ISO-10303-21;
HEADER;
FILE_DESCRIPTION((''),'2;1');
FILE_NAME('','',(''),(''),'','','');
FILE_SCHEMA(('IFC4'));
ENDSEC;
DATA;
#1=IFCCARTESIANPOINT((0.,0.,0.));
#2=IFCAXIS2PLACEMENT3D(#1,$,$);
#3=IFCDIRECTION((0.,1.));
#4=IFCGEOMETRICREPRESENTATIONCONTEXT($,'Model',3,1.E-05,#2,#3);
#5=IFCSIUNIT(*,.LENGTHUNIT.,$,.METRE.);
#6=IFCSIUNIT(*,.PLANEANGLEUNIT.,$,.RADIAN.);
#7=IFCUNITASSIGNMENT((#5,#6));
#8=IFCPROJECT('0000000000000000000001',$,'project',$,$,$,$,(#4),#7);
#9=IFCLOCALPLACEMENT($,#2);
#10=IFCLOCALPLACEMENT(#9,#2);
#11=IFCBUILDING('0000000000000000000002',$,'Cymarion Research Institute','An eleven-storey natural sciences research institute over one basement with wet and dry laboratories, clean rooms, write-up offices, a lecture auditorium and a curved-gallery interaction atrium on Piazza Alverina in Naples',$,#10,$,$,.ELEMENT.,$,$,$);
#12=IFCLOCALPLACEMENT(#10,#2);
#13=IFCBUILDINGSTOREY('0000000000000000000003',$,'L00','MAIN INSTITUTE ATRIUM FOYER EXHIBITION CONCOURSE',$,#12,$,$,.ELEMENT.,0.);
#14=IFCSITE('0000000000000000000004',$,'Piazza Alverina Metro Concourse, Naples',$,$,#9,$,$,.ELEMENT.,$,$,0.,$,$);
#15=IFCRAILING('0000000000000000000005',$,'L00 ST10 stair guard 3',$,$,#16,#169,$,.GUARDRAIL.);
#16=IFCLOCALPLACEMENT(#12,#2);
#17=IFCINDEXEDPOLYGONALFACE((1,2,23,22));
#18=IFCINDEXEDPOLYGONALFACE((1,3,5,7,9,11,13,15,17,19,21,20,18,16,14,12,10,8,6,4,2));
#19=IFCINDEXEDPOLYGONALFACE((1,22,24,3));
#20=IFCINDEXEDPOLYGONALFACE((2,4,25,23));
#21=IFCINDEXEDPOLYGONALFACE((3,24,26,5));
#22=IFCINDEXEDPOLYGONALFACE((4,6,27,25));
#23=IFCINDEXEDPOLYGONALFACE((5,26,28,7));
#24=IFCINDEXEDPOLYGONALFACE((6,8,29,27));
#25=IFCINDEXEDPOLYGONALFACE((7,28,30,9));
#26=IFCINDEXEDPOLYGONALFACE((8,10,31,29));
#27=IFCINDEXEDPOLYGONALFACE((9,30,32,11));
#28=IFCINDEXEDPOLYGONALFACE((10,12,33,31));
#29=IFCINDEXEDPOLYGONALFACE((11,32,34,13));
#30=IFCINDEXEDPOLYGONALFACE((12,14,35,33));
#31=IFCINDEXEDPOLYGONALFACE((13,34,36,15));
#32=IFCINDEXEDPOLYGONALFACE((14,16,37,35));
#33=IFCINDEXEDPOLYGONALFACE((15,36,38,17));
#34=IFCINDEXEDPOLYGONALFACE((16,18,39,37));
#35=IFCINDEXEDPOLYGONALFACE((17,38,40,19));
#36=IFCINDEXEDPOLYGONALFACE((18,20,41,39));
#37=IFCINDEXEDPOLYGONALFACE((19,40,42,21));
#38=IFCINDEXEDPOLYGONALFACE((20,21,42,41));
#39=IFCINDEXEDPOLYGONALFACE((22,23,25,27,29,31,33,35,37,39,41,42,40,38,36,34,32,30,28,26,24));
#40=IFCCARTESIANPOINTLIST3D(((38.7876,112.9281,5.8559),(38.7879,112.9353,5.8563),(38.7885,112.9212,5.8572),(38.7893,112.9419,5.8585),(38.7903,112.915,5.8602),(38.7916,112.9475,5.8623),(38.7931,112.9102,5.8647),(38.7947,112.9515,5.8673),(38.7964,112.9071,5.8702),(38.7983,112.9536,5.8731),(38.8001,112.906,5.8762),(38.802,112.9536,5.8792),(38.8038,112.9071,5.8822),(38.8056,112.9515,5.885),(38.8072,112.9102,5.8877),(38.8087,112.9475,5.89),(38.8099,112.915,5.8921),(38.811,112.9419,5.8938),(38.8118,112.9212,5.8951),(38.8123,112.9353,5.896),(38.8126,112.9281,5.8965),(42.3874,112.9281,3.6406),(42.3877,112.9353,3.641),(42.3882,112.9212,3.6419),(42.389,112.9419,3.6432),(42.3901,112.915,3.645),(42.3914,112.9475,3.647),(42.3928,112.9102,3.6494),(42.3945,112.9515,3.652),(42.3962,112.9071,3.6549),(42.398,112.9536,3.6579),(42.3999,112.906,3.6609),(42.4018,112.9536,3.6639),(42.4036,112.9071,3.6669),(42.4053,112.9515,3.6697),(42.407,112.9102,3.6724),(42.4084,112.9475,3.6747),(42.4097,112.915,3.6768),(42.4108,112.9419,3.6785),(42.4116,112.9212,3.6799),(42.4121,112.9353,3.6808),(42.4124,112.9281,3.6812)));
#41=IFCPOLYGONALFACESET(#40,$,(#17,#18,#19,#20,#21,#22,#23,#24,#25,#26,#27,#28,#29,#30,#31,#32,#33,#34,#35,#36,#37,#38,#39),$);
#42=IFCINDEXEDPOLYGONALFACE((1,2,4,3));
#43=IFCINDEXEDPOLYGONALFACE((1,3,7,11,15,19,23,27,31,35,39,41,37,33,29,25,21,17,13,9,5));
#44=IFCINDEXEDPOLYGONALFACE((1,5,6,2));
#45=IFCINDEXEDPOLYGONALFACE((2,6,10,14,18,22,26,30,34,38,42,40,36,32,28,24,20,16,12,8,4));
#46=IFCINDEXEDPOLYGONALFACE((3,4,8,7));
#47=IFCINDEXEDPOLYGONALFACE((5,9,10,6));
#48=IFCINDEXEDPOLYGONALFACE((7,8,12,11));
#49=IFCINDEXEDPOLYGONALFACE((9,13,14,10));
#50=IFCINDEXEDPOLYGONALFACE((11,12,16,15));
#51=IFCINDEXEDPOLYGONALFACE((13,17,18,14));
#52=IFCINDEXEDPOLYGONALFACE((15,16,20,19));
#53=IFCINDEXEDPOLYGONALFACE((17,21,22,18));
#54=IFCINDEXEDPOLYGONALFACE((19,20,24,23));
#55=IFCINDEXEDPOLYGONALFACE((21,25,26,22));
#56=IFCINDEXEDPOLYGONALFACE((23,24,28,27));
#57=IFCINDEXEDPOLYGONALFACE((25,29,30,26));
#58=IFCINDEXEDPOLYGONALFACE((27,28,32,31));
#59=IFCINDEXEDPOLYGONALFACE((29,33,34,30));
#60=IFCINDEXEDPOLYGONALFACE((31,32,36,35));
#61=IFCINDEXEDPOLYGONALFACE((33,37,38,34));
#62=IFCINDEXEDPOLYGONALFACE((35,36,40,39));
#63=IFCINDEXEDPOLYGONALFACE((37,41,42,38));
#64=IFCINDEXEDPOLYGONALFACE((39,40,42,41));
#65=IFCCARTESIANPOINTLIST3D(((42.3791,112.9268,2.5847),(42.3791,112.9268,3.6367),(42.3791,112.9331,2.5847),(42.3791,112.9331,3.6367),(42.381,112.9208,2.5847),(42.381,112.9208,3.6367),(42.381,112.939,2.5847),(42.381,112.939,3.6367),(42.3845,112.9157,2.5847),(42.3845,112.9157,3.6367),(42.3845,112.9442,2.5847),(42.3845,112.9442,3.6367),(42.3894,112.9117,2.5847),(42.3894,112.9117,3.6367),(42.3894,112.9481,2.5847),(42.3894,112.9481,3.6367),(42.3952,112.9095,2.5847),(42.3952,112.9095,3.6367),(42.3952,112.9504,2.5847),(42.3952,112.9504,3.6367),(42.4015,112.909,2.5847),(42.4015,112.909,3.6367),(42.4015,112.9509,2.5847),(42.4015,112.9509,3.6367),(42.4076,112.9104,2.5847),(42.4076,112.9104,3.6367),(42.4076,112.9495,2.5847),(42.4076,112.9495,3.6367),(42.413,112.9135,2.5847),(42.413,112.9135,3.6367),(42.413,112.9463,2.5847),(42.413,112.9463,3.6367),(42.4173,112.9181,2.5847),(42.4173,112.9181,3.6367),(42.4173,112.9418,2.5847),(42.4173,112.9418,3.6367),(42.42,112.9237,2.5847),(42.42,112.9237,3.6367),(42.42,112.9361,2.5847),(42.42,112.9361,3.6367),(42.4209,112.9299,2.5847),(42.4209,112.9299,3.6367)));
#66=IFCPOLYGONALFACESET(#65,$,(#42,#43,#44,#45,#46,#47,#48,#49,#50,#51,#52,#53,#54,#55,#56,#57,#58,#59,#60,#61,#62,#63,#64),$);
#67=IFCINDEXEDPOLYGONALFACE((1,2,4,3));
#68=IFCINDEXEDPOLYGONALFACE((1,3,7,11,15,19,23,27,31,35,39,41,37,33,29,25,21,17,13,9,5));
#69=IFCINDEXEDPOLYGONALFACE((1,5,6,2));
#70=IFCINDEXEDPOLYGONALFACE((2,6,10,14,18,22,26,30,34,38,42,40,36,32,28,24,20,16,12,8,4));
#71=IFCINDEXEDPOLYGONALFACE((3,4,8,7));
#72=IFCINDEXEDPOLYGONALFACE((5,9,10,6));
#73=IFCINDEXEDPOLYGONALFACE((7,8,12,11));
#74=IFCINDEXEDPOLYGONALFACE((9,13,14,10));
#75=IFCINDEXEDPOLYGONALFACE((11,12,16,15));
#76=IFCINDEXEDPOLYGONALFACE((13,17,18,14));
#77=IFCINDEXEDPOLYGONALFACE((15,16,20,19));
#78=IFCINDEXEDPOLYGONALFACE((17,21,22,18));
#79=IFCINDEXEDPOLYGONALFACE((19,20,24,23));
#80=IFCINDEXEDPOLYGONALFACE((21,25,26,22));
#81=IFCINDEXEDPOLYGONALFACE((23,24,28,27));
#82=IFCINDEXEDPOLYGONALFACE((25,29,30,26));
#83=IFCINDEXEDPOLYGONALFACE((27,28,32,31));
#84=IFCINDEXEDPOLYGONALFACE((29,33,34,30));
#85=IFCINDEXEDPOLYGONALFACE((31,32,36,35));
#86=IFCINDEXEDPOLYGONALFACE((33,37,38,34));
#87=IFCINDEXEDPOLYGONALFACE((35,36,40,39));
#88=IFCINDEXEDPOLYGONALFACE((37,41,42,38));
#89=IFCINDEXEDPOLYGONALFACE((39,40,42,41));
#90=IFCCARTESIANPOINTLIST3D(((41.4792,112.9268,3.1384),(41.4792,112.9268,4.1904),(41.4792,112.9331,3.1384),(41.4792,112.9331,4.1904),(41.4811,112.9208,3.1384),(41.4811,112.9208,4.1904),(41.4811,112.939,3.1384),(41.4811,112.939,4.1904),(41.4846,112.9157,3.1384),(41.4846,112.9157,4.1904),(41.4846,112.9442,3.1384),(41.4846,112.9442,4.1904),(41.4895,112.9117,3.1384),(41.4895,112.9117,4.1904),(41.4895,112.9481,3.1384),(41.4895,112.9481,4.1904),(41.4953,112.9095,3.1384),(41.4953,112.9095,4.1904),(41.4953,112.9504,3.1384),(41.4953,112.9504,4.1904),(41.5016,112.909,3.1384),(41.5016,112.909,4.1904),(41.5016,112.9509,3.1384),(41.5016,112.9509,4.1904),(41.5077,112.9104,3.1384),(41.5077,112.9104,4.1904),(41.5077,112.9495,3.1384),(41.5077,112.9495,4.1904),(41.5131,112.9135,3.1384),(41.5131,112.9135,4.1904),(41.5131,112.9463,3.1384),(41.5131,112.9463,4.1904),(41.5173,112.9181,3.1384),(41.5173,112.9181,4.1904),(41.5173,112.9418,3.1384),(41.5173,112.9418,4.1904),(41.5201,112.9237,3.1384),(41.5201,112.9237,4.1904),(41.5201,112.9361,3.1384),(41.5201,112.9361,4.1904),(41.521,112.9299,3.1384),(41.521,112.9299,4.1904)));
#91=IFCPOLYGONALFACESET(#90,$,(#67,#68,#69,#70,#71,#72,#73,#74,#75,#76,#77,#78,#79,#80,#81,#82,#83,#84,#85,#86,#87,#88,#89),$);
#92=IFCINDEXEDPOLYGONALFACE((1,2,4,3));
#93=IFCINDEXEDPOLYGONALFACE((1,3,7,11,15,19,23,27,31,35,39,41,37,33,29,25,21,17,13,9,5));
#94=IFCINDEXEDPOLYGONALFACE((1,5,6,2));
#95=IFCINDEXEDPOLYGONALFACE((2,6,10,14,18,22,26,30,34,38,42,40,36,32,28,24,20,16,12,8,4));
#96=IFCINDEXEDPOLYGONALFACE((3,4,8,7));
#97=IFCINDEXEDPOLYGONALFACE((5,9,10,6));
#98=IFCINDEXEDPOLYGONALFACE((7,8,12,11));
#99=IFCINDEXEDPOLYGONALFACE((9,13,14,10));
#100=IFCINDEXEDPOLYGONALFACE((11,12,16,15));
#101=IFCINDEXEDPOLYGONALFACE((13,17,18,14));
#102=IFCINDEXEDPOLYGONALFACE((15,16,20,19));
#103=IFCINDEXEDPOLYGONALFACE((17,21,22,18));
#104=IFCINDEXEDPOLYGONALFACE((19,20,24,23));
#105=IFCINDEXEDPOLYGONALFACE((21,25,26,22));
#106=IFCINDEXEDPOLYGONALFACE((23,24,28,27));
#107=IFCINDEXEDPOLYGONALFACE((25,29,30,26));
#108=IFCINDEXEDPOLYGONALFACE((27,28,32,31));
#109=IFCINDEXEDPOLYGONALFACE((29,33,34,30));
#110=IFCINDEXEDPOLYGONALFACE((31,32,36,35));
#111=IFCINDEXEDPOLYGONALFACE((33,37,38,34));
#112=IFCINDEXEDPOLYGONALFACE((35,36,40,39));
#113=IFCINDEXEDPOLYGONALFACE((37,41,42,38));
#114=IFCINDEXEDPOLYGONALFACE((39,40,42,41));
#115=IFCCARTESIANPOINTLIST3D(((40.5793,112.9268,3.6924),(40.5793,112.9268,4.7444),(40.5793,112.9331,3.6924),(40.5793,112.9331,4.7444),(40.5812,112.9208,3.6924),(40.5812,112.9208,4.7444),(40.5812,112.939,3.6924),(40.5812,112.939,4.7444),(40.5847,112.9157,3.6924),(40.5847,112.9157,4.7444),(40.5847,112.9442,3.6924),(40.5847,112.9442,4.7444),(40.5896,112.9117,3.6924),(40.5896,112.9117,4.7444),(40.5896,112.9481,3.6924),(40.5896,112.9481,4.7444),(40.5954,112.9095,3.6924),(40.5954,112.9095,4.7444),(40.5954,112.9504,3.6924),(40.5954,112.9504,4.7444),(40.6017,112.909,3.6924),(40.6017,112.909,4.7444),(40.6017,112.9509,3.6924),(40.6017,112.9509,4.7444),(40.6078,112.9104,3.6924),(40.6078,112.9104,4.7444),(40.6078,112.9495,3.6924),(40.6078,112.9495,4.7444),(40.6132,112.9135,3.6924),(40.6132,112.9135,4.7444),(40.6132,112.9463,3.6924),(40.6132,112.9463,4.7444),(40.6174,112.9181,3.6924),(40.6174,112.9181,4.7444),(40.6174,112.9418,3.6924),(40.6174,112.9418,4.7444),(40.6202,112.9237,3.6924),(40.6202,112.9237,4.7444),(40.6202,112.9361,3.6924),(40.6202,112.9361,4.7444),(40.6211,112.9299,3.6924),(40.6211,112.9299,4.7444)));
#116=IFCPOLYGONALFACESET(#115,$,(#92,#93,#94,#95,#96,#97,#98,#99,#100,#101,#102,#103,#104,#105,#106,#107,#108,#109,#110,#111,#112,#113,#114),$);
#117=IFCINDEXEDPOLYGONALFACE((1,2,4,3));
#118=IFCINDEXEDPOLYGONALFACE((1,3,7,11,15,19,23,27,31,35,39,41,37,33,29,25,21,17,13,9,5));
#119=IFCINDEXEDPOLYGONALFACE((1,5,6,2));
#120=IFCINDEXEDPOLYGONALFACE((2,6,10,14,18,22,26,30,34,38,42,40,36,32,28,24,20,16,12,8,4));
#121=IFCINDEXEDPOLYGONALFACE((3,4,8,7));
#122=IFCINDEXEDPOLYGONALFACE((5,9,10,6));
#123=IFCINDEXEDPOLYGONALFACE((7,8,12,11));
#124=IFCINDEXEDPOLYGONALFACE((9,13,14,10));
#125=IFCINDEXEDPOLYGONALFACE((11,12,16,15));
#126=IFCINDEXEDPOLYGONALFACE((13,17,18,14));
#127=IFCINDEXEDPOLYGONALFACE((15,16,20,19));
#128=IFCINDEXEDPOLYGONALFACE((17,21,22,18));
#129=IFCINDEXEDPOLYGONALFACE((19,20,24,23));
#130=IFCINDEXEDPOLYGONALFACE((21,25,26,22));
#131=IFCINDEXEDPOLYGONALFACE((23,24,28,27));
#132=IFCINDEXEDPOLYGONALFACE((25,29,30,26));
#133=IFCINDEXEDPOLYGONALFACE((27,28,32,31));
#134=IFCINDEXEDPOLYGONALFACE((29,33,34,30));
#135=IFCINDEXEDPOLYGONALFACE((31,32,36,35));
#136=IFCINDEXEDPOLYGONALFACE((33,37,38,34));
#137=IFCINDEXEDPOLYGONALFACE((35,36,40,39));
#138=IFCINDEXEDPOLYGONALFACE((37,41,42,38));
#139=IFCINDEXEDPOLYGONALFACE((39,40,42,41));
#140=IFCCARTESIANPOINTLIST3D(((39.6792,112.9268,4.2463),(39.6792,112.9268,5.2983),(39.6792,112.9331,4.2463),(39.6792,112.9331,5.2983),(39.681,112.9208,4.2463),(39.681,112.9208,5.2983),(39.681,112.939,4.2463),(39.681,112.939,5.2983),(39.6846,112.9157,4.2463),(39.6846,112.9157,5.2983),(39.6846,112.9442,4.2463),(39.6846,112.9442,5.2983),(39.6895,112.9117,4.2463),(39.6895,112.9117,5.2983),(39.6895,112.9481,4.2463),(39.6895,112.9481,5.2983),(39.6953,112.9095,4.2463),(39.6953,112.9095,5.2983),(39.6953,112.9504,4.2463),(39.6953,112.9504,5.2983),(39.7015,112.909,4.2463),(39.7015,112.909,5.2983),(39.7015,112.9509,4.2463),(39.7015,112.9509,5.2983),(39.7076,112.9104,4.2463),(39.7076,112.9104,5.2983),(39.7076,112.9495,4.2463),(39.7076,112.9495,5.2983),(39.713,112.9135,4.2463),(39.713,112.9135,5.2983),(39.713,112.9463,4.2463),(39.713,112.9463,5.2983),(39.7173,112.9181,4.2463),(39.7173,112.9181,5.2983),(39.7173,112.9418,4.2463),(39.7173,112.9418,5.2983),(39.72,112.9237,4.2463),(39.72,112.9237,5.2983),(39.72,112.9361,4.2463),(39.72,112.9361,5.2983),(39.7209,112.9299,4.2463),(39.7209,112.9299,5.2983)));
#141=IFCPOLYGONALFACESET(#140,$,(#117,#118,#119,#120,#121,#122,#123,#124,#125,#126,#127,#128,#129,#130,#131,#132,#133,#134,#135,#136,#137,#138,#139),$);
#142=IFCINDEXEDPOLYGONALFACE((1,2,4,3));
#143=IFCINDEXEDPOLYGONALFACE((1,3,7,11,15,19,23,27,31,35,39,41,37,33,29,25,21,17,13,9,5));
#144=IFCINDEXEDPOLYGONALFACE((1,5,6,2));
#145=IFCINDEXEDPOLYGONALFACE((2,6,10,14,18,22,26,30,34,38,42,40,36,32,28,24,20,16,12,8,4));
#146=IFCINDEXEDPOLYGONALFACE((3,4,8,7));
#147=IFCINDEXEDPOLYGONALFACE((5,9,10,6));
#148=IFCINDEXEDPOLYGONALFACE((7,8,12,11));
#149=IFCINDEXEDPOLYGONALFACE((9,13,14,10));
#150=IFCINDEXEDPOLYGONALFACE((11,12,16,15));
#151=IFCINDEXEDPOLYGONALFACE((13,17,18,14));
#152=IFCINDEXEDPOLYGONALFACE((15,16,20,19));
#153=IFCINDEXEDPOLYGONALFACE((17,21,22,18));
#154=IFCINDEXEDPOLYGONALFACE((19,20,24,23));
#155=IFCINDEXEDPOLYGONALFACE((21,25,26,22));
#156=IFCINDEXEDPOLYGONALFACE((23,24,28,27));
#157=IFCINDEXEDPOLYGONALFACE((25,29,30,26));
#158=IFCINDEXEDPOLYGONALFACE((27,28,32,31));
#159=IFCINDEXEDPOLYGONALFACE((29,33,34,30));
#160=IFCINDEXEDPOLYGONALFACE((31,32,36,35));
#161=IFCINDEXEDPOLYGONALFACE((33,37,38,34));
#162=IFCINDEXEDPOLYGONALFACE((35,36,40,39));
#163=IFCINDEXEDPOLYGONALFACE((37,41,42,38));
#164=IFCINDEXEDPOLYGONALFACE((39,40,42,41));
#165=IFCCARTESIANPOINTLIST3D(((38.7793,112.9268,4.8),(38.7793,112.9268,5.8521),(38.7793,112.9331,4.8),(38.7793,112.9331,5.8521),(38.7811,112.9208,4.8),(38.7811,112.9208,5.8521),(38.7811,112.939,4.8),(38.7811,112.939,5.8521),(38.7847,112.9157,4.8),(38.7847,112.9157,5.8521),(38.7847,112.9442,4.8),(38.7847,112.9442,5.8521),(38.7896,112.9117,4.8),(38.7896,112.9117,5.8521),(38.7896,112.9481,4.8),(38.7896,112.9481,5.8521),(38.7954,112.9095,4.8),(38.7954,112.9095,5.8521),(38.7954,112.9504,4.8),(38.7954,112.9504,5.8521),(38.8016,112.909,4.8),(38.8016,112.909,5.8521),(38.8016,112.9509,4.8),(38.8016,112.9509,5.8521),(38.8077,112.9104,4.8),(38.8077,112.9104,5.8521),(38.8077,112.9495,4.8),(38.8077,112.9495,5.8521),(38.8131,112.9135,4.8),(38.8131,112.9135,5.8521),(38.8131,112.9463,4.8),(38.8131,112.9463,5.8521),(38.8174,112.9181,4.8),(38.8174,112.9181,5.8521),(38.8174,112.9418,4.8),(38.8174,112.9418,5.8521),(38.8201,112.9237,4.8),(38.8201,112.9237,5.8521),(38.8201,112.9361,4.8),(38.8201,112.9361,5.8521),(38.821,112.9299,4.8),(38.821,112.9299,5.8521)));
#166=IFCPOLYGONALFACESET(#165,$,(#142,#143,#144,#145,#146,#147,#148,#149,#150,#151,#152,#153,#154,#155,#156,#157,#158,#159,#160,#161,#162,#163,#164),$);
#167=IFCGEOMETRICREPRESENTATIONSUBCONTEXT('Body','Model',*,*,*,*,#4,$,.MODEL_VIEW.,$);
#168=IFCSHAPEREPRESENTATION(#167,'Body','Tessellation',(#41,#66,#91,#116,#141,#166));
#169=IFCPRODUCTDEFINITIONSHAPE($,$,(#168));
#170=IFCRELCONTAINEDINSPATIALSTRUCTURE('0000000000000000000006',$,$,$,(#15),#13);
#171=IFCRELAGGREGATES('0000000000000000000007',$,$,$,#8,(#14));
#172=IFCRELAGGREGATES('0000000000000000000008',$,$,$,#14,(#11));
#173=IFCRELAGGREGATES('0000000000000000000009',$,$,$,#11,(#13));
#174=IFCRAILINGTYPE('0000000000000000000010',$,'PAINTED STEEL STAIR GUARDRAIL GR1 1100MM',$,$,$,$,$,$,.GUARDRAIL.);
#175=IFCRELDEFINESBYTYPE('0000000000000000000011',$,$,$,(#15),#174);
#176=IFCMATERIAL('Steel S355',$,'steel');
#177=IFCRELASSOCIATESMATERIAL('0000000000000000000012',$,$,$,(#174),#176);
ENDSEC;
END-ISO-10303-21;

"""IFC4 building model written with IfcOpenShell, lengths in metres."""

from ifc_helpers import new_model, si_unit, direction, frame, origin, origin_2d, place, context, subcontext, project, spatial, circle, extrude, material, type_object, element, save


model = new_model("IFC4")

# Units and contexts
model_context = context("Model", 3, precision=1e-05, world=origin(), true_north=direction((0.0, 1.0)))
body_context = subcontext(model_context, "Body", "Model", "MODEL_VIEW")
ifc_project = project(units=[si_unit("LENGTHUNIT", "METRE"), si_unit("PLANEANGLEUNIT", "RADIAN")], contexts=[model_context])

# Site, building, storey
site_placement = place(None, origin())
site = spatial("IfcSite", under=ifc_project, at=site_placement, Name="Piazza Alverina Metro Concourse, Naples", CompositionType="ELEMENT", RefElevation=0.0)
building_placement = place(site_placement, origin())
building = spatial("IfcBuilding", under=site, at=building_placement, Name="Cymarion Research Institute", Description="An eleven-storey natural sciences research institute over one basement with wet and dry laboratories, clean rooms, write-up offices, a lecture auditorium and a curved-gallery interaction atrium on Piazza Alverina in Naples", CompositionType="ELEMENT")
storey_placement = place(building_placement, origin())
storey = spatial("IfcBuildingStorey", under=building, at=storey_placement, Name="L00", Description="MAIN INSTITUTE ATRIUM FOYER EXHIBITION CONCOURSE", CompositionType="ELEMENT", Elevation=0.0)

# Shared definitions
ifc_material_1 = material(Name="Steel S355", Category="steel")

# Railing
railing_type_1 = type_object("IfcRailingType", Name="PAINTED STEEL STAIR GUARDRAIL GR1 1100MM", PredefinedType="GUARDRAIL", material=ifc_material_1)
railing_1_placement = place(storey_placement, frame((42.3999, 112.9299, 2.5847)))
element("IfcRailing", 1, at=railing_1_placement, inside=storey, type_object=railing_type_1, Name="L00 ST10 stair guard 3", PredefinedType="GUARDRAIL", context=body_context, shape_type="SweptSolid", body=[
    extrude(circle(Radius=0.0239, at=origin_2d()), frame((0.0, 0.0, 1.0762), z_axis=(-0.851654, 0.0, 0.524104), x_axis=(0.0, -1.0, 0.0)), (0.0, 0.0, 1.0), 4.2268),
    extrude(circle(Radius=0.021, at=origin_2d()), origin(), (0.0, 0.0, 1.0), 1.052),
    extrude(circle(Radius=0.021, at=origin_2d()), frame((-0.8999, 0.0, 0.5537)), (0.0, 0.0, 1.0), 1.052),
    extrude(circle(Radius=0.021, at=origin_2d()), frame((-1.7998, 0.0, 1.1077)), (0.0, 0.0, 1.0), 1.052),
    extrude(circle(Radius=0.021, at=origin_2d()), frame((-2.7, 0.0, 1.6616)), (0.0, 0.0, 1.0), 1.052),
    extrude(circle(Radius=0.021, at=origin_2d()), frame((-3.5999, 0.0, 2.2153)), (0.0, 0.0, 1.0), 1.052),
])

save(model, "model.ifc")
